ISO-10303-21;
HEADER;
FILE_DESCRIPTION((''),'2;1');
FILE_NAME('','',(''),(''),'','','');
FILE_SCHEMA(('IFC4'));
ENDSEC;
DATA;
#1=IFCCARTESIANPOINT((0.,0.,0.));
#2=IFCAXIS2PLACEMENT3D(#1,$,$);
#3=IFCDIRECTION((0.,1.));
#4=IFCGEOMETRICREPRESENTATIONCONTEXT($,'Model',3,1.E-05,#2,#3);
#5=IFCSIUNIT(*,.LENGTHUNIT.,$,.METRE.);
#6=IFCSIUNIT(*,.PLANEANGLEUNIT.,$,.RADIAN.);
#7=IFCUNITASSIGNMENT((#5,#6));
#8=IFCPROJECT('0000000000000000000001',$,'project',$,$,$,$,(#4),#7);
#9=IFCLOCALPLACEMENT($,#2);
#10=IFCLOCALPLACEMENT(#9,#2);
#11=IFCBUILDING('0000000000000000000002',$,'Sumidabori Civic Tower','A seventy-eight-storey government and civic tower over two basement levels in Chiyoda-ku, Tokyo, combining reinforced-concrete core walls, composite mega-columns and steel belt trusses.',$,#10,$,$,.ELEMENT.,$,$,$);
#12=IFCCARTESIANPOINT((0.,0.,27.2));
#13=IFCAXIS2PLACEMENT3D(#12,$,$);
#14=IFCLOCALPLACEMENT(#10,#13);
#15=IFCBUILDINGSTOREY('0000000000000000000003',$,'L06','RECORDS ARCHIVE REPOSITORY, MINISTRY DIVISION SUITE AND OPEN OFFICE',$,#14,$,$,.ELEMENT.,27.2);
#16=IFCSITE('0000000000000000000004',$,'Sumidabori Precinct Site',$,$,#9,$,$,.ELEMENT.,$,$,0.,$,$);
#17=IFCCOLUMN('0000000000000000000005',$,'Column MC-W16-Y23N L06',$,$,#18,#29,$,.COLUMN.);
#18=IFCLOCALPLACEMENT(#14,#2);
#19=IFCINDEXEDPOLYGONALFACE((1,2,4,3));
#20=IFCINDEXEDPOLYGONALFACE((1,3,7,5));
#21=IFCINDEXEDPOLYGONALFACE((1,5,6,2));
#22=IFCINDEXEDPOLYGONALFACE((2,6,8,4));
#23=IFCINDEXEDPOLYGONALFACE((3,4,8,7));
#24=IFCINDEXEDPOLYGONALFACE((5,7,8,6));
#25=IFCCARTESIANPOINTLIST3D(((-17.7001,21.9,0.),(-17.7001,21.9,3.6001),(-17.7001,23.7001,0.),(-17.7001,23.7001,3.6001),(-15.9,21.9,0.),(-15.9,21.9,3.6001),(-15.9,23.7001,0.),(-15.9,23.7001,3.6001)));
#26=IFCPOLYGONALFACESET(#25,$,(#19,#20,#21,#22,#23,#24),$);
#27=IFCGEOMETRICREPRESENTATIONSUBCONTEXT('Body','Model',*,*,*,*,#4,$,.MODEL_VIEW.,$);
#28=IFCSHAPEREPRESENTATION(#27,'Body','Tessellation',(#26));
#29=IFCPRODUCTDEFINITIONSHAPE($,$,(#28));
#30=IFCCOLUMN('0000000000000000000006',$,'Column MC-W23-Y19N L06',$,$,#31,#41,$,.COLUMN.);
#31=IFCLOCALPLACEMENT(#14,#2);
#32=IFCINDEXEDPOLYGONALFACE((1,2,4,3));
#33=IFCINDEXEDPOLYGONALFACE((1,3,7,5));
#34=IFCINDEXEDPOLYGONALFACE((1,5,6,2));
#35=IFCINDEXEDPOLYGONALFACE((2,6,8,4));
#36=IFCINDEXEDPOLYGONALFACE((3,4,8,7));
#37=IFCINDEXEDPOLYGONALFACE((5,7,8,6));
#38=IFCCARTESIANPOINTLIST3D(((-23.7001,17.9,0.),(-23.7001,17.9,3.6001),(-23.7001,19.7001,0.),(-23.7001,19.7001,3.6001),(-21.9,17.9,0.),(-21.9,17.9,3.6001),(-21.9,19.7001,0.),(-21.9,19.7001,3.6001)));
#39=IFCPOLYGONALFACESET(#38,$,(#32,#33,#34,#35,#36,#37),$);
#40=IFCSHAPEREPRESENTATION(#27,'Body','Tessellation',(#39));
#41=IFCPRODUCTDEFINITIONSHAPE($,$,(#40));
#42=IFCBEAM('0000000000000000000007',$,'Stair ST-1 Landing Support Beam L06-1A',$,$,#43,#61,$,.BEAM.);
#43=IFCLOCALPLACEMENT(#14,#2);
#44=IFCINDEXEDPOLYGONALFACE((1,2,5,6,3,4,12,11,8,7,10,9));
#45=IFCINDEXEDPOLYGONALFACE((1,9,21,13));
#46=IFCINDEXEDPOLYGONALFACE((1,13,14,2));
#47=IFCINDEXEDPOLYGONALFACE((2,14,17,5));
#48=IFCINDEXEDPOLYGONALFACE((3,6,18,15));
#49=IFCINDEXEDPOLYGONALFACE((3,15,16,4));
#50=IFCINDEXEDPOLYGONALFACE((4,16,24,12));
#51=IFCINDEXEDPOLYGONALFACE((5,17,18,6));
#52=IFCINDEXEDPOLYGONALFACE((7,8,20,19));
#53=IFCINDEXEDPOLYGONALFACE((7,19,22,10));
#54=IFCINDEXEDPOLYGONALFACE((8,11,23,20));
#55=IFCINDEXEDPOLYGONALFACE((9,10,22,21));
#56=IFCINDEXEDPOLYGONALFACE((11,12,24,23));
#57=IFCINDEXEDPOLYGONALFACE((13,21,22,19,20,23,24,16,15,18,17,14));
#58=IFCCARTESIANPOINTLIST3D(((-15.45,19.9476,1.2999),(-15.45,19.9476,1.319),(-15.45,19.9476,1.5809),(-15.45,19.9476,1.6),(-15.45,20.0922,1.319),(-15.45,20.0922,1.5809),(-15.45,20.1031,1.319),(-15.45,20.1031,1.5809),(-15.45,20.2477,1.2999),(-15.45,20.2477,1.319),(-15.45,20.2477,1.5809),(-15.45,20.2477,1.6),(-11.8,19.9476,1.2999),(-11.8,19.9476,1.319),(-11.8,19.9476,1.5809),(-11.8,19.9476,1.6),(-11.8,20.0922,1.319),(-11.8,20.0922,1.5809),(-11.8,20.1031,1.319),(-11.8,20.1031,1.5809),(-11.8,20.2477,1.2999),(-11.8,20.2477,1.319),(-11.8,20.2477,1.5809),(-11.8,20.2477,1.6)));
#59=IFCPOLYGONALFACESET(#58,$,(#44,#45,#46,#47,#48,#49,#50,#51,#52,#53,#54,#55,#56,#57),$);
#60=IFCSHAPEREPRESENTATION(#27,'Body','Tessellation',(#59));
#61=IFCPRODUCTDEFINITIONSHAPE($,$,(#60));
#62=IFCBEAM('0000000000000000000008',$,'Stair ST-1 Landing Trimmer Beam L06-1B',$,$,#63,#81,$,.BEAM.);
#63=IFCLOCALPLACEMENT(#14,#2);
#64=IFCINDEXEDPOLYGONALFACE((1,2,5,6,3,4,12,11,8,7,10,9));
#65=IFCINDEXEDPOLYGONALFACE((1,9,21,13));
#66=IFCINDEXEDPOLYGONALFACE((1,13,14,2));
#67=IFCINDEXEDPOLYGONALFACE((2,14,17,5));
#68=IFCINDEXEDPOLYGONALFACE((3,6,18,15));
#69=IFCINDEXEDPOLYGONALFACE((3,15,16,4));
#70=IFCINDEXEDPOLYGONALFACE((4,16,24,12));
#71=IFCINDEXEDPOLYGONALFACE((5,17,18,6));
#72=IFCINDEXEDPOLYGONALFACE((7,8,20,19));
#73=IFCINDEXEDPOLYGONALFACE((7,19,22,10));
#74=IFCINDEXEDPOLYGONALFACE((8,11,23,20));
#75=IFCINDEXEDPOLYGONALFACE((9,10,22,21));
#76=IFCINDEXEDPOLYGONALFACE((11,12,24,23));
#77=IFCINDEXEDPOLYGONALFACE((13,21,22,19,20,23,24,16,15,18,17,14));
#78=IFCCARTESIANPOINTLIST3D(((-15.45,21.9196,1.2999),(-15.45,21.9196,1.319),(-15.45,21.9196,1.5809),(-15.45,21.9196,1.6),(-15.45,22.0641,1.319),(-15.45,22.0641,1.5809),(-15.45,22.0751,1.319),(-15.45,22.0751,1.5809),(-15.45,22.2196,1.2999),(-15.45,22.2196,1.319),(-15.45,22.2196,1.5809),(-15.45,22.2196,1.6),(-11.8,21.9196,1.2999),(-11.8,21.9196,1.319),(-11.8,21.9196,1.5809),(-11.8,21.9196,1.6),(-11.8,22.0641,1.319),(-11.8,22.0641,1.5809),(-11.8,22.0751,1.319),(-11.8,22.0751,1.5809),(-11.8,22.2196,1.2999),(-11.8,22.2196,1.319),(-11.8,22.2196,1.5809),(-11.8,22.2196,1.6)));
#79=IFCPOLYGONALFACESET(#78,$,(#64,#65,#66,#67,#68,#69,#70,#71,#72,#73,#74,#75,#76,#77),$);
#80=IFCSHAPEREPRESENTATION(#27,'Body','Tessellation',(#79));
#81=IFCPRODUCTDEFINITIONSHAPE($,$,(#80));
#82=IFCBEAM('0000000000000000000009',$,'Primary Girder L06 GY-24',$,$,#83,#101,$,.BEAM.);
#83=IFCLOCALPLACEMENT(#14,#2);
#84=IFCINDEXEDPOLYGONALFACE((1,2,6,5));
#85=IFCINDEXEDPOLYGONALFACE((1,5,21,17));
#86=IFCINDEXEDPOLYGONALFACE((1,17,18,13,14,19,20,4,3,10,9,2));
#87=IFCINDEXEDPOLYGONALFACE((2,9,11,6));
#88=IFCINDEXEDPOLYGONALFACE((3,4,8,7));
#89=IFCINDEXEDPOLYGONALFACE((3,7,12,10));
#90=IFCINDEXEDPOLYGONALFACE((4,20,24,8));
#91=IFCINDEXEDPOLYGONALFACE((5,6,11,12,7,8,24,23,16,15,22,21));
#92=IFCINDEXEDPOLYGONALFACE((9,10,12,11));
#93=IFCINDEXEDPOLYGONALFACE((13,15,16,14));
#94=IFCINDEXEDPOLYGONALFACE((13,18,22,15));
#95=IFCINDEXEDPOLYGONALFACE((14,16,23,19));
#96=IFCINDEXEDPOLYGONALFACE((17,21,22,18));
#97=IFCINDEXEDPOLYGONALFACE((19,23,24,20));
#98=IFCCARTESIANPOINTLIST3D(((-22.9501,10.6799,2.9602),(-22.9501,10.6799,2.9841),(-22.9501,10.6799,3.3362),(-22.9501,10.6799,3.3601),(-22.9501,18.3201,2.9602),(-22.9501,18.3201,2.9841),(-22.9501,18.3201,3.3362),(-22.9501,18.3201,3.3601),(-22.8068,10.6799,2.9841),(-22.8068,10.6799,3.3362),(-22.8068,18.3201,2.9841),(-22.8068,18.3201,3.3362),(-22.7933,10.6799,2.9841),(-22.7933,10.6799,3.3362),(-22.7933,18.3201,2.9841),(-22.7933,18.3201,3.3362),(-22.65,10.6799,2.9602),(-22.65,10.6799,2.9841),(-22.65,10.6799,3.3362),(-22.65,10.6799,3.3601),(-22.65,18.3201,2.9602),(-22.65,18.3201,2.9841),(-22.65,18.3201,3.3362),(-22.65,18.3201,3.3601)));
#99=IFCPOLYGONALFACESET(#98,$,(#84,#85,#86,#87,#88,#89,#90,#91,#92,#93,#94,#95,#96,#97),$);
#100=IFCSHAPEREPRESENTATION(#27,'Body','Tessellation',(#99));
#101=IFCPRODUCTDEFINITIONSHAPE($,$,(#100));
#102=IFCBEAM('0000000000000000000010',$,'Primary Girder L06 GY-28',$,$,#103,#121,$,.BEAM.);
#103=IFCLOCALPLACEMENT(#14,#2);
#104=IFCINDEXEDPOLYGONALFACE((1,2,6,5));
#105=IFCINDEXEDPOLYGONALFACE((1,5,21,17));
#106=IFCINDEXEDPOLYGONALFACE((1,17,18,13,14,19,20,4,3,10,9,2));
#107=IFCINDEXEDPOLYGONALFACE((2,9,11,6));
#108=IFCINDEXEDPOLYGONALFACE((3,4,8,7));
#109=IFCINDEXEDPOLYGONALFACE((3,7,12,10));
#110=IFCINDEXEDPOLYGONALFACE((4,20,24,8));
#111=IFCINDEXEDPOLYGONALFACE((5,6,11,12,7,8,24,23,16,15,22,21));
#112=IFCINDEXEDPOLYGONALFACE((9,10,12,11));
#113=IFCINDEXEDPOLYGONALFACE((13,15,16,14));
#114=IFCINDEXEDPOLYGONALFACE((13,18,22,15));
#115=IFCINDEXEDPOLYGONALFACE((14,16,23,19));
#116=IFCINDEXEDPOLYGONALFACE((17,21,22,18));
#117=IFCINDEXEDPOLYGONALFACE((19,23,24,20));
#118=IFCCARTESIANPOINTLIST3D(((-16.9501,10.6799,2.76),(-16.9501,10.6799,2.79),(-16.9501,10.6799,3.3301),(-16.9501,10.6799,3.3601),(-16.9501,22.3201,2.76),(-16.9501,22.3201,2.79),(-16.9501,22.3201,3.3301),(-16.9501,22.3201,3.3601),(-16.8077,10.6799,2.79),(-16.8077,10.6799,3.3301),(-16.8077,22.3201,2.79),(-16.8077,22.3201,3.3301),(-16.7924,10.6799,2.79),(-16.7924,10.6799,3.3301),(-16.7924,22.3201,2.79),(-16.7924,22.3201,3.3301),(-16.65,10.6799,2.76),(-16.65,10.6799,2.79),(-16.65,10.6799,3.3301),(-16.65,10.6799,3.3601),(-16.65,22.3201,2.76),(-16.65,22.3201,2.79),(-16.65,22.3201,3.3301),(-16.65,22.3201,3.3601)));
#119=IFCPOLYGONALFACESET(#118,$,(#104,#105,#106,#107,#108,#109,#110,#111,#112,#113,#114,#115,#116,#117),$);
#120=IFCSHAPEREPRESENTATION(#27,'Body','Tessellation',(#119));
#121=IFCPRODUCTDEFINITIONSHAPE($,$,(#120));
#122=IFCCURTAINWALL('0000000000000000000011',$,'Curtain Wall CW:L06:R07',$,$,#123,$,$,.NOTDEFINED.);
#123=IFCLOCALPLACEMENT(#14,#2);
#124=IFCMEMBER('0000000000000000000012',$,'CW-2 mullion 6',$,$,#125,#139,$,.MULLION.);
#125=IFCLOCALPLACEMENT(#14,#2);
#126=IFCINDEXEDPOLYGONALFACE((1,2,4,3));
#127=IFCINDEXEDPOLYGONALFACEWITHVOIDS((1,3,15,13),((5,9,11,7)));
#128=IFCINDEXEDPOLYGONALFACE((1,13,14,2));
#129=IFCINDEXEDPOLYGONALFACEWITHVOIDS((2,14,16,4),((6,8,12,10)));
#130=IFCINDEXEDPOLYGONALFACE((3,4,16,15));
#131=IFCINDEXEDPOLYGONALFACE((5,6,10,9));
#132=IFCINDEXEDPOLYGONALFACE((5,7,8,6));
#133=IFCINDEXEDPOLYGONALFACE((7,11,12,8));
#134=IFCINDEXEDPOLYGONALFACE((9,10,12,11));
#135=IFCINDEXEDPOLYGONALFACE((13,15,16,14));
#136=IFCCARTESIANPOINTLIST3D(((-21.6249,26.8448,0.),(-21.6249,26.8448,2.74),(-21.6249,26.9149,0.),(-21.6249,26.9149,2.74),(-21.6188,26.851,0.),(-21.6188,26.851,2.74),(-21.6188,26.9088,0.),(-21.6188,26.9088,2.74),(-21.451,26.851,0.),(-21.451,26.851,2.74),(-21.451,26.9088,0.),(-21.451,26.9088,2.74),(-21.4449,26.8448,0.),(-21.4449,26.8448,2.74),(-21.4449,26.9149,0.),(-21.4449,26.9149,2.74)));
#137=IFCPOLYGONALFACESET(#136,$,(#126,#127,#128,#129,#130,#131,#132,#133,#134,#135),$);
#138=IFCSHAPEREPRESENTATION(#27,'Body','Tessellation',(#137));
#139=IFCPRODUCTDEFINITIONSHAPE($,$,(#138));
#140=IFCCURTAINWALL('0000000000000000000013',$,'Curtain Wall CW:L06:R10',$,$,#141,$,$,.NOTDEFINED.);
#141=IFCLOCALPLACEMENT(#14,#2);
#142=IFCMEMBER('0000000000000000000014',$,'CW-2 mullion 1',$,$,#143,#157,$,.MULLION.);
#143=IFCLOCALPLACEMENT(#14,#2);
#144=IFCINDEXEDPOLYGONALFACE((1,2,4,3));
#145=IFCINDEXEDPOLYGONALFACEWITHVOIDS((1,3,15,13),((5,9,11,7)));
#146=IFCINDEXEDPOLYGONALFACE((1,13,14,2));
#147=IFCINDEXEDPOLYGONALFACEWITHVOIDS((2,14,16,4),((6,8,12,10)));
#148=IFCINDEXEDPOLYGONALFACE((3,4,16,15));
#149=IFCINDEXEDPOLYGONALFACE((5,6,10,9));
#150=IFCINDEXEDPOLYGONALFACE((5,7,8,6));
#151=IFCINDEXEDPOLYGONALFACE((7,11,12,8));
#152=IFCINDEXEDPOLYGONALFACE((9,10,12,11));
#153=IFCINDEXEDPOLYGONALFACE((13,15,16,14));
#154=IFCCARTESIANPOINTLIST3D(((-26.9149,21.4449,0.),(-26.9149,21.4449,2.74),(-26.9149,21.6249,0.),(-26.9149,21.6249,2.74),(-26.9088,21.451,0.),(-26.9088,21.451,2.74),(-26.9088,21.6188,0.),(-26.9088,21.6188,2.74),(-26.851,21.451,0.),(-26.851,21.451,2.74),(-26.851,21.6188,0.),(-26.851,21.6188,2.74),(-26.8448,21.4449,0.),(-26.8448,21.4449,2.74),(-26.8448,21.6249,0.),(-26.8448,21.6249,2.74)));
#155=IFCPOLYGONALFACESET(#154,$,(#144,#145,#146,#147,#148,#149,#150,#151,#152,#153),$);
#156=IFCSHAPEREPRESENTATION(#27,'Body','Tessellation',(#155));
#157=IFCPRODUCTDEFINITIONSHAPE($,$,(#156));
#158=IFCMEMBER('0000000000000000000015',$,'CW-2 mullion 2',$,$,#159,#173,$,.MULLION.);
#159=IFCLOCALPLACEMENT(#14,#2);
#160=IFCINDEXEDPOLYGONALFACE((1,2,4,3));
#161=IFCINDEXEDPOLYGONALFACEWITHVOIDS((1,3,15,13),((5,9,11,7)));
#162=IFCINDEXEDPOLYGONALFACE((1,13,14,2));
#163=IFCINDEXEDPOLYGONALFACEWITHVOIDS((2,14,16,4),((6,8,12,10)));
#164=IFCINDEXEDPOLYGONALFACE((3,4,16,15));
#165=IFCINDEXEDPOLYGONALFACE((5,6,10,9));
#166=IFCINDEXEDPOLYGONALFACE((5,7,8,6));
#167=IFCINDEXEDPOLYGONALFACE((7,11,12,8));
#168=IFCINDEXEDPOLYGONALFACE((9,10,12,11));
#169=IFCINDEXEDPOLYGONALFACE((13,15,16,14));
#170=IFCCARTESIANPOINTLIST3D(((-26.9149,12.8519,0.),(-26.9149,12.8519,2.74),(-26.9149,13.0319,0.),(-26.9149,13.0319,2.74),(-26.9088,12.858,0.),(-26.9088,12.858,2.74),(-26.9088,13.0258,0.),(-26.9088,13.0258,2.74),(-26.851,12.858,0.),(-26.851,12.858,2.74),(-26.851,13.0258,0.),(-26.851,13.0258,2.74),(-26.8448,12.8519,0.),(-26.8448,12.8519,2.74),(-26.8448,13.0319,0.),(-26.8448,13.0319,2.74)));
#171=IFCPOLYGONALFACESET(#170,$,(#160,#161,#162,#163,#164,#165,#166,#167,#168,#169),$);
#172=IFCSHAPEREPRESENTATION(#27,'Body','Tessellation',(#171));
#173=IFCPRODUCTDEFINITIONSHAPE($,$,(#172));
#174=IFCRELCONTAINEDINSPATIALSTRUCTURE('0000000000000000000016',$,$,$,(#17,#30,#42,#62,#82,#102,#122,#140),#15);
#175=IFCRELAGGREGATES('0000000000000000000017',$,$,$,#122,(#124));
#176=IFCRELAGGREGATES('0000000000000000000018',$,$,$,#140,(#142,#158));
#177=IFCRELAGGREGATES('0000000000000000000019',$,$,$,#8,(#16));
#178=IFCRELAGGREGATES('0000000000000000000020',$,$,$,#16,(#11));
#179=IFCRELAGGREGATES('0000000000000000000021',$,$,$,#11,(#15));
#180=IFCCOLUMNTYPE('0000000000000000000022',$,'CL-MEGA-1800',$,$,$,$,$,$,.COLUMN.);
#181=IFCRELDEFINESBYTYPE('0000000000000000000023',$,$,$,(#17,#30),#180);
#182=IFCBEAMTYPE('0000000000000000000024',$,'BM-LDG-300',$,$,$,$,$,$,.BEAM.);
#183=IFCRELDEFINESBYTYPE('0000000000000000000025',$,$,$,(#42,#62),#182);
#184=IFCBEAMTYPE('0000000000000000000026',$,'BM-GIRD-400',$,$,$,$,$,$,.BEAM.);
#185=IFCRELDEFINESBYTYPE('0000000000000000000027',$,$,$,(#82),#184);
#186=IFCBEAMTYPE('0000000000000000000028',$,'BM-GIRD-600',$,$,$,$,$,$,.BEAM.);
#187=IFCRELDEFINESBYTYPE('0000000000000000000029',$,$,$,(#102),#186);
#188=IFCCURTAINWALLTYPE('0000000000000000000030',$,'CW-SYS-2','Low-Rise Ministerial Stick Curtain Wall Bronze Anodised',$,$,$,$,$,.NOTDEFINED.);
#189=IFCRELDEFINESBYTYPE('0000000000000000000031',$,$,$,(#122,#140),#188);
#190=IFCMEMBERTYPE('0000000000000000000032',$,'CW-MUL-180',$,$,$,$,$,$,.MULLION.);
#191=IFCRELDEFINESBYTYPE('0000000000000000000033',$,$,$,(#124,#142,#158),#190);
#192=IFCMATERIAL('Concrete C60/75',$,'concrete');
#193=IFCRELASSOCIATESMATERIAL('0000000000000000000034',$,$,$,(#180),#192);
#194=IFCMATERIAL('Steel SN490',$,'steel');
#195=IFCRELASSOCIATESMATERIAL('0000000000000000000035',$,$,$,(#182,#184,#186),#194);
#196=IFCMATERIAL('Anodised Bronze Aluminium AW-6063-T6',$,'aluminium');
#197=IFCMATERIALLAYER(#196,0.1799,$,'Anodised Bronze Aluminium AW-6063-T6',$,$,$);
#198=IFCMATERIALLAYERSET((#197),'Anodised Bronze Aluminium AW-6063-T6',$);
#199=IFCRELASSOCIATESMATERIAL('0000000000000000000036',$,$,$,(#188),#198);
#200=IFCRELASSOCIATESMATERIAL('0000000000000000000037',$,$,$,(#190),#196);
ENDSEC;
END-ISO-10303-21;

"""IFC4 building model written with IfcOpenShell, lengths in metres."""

from ifc_helpers import new_model, si_unit, direction, frame, origin, origin_2d, place, context, subcontext, project, spatial, rectangle, hollow_rectangle, i_section, extrude, source, transform, mapped, material, layer, layer_set, material_profile, profile_set, type_object, element, aggregate, save


model = new_model("IFC4")

# Units and contexts
model_context = context("Model", 3, precision=1e-05, world=origin(), true_north=direction((0.0, 1.0)))
body_context = subcontext(model_context, "Body", "Model", "MODEL_VIEW")
ifc_project = project(units=[si_unit("LENGTHUNIT", "METRE"), si_unit("PLANEANGLEUNIT", "RADIAN")], contexts=[model_context])

# Site, building, storey
site_placement = place(None, origin())
site = spatial("IfcSite", under=ifc_project, at=site_placement, Name="Sumidabori Precinct Site", CompositionType="ELEMENT", RefElevation=0.0)
building_placement = place(site_placement, origin())
building = spatial("IfcBuilding", under=site, at=building_placement, Name="Sumidabori Civic Tower", Description="A seventy-eight-storey government and civic tower over two basement levels in Chiyoda-ku, Tokyo, combining reinforced-concrete core walls, composite mega-columns and steel belt trusses.", CompositionType="ELEMENT")
storey_placement = place(building_placement, frame((0.0, 0.0, 27.2)))
storey = spatial("IfcBuildingStorey", under=building, at=storey_placement, Name="L06", Description="RECORDS ARCHIVE REPOSITORY, MINISTRY DIVISION SUITE AND OPEN OFFICE", CompositionType="ELEMENT", Elevation=27.2)

# Columns
ifc_material_1 = material(Name="Concrete C60/75", Category="concrete")
ifc_material_profile_1 = material_profile(ifc_material_1, rectangle(XDim=1.8, YDim=1.8, at=origin_2d()), Name="RC 1800x1800")
ifc_profile_set_1 = profile_set([ifc_material_profile_1], Name="Concrete C60/75")
column_type = type_object("IfcColumnType", Name="CL-MEGA-1800", PredefinedType="COLUMN", material=ifc_profile_set_1)
shared_shape_1 = source(origin(), body_context, "Body", "SweptSolid", [
    extrude(rectangle(XDim=1.8, YDim=1.8, at=origin_2d()), origin(), (0.0, 0.0, 1.0), 3.6001),
])
for number, where, z_axis, x_axis, name in (
    (1, (-16.8, 22.8, 0.0), (0.0, 0.0, 1.0), (1.0, 0.0, 0.0), "Column MC-W16-Y23N L06"),
    (2, (-22.8, 18.8, 0.0), (0.0, 0.0, 1.0), (1.0, 0.0, 0.0), "Column MC-W23-Y19N L06"),
):
    element("IfcColumn", number, at=place(storey_placement, frame(where, z_axis=z_axis, x_axis=x_axis)), inside=storey, type_object=column_type, Name=name, PredefinedType="COLUMN", context=body_context, shape_type="MappedRepresentation", body=[
        mapped(shared_shape_1, transform((0.0, 0.0, 0.0), x_axis=(1.0, 0.0, 0.0), y_axis=(0.0, 1.0, 0.0), z_axis=(0.0, 0.0, 1.0), scale=1.0)),
    ])

# Beams
ifc_material_2 = material(Name="Steel SN490", Category="steel")
ifc_material_profile_2 = material_profile(ifc_material_2, i_section(OverallWidth=0.3, OverallDepth=0.3, WebThickness=0.011, FlangeThickness=0.019, at=origin_2d()), Name="HE 300 B")
ifc_profile_set_2 = profile_set([ifc_material_profile_2], Name="Steel SN490")
beam_type_1 = type_object("IfcBeamType", Name="BM-LDG-300", PredefinedType="BEAM", material=ifc_profile_set_2)
shared_shape_2 = source(origin(), body_context, "Body", "SweptSolid", [
    extrude(i_section(OverallWidth=0.3, OverallDepth=0.3, WebThickness=0.011, FlangeThickness=0.019, at=origin_2d()), origin(), (0.0, 0.0, 1.0), 3.6499),
])
for number, where, z_axis, x_axis, name in (
    (3, (-15.45, 20.0977, 1.45), (1.0, 0.0, 0.0), (0.0, 1.0, 0.0), "Stair ST-1 Landing Support Beam L06-1A"),
    (4, (-15.45, 22.0696, 1.45), (1.0, 0.0, 0.0), (0.0, 1.0, 0.0), "Stair ST-1 Landing Trimmer Beam L06-1B"),
):
    element("IfcBeam", number, at=place(storey_placement, frame(where, z_axis=z_axis, x_axis=x_axis)), inside=storey, type_object=beam_type_1, Name=name, PredefinedType="BEAM", context=body_context, shape_type="MappedRepresentation", body=[
        mapped(shared_shape_2, transform((0.0, 0.0, 0.0), x_axis=(1.0, 0.0, 0.0), y_axis=(0.0, 1.0, 0.0), z_axis=(0.0, 0.0, 1.0), scale=1.0)),
    ])
ifc_material_profile_3 = material_profile(ifc_material_2, i_section(OverallWidth=0.3, OverallDepth=0.3999, WebThickness=0.0134, FlangeThickness=0.0239, at=origin_2d()), Name="HE 400 B")
ifc_profile_set_3 = profile_set([ifc_material_profile_3], Name="Steel SN490")
beam_type_2 = type_object("IfcBeamType", Name="BM-GIRD-400", PredefinedType="BEAM", material=ifc_profile_set_3)
shared_shape_3 = source(origin(), body_context, "Body", "SweptSolid", [
    extrude(i_section(OverallWidth=0.3, OverallDepth=0.3999, WebThickness=0.0134, FlangeThickness=0.0239, at=origin_2d()), origin(), (0.0, 0.0, 1.0), 7.6401),
])
beam_1_placement = place(storey_placement, frame((-22.8, 10.6799, 3.1602), z_axis=(0.0, 1.0, 0.0), x_axis=(-1.0, 0.0, 0.0)))
element("IfcBeam", 5, at=beam_1_placement, inside=storey, type_object=beam_type_2, Name="Primary Girder L06 GY-24", PredefinedType="BEAM", context=body_context, shape_type="MappedRepresentation", body=[
    mapped(shared_shape_3, transform((0.0, 0.0, 0.0), x_axis=(1.0, 0.0, 0.0), y_axis=(0.0, 1.0, 0.0), z_axis=(0.0, 0.0, 1.0), scale=1.0)),
])
ifc_material_profile_4 = material_profile(ifc_material_2, i_section(OverallWidth=0.3, OverallDepth=0.6001, WebThickness=0.0154, FlangeThickness=0.03, at=origin_2d()), Name="HE 600 B")
ifc_profile_set_4 = profile_set([ifc_material_profile_4], Name="Steel SN490")
beam_type_3 = type_object("IfcBeamType", Name="BM-GIRD-600", PredefinedType="BEAM", material=ifc_profile_set_4)
shared_shape_4 = source(origin(), body_context, "Body", "SweptSolid", [
    extrude(i_section(OverallWidth=0.3, OverallDepth=0.6001, WebThickness=0.0154, FlangeThickness=0.03, at=origin_2d()), origin(), (0.0, 0.0, 1.0), 11.6401),
])
beam_2_placement = place(storey_placement, frame((-16.8, 10.6799, 3.0601), z_axis=(0.0, 1.0, 0.0), x_axis=(-1.0, 0.0, 0.0)))
element("IfcBeam", 6, at=beam_2_placement, inside=storey, type_object=beam_type_3, Name="Primary Girder L06 GY-28", PredefinedType="BEAM", context=body_context, shape_type="MappedRepresentation", body=[
    mapped(shared_shape_4, transform((0.0, 0.0, 0.0), x_axis=(1.0, 0.0, 0.0), y_axis=(0.0, 1.0, 0.0), z_axis=(0.0, 0.0, 1.0), scale=1.0)),
])

# Curtain wall, member
ifc_material_3 = material(Name="Anodised Bronze Aluminium AW-6063-T6", Category="aluminium")
ifc_layer_1 = layer(ifc_material_3, 0.1799, Name="Anodised Bronze Aluminium AW-6063-T6")
ifc_layer_set_1 = layer_set([ifc_layer_1], Name="Anodised Bronze Aluminium AW-6063-T6")
curtain_wall_type = type_object("IfcCurtainWallType", Name="CW-SYS-2", Description="Low-Rise Ministerial Stick Curtain Wall Bronze Anodised", PredefinedType="NOTDEFINED", material=ifc_layer_set_1)
curtain_wall_1_placement = place(storey_placement, origin())
curtain_wall_1 = element("IfcCurtainWall", 7, at=curtain_wall_1_placement, inside=storey, type_object=curtain_wall_type, Name="Curtain Wall CW:L06:R07", PredefinedType="NOTDEFINED")
ifc_material_profile_5 = material_profile(ifc_material_3, hollow_rectangle(XDim=0.0701, YDim=0.1799, WallThickness=0.0061, at=origin_2d()), Name="ALU MULLION 180x70")
ifc_profile_set_5 = profile_set([ifc_material_profile_5], Name="Anodised Bronze Aluminium AW-6063-T6")
member_type_1 = type_object("IfcMemberType", Name="CW-MUL-180", PredefinedType="MULLION", material=ifc_profile_set_5)
shared_shape_5 = source(origin(), body_context, "Body", "SweptSolid", [
    extrude(hollow_rectangle(XDim=0.0701, YDim=0.1799, WallThickness=0.0061, at=origin_2d()), origin(), (0.0, 0.0, 1.0), 2.74),
])
member_1_placement = place(storey_placement, frame((-21.5349, 26.8799, 0.0), z_axis=(0.0, 0.0, 1.0), x_axis=(0.0, -1.0, 0.0)))
member_1 = element("IfcMember", 8, at=member_1_placement, type_object=member_type_1, Name="CW-2 mullion 6", PredefinedType="MULLION", context=body_context, shape_type="MappedRepresentation", body=[
    mapped(shared_shape_5, transform((0.0, 0.0, 0.0), x_axis=(1.0, 0.0, 0.0), y_axis=(0.0, 1.0, 0.0), z_axis=(0.0, 0.0, 1.0), scale=1.0)),
])

# Curtain wall, members
curtain_wall_2_placement = place(storey_placement, origin())
curtain_wall_2 = element("IfcCurtainWall", 9, at=curtain_wall_2_placement, inside=storey, type_object=curtain_wall_type, Name="Curtain Wall CW:L06:R10", PredefinedType="NOTDEFINED")
member_2_placement = place(storey_placement, frame((-26.8799, 21.5349, 0.0), z_axis=(0.0, 0.0, 1.0), x_axis=(1.0, 0.0, 0.0)))
member_2 = element("IfcMember", 10, at=member_2_placement, type_object=member_type_1, Name="CW-2 mullion 1", PredefinedType="MULLION", context=body_context, shape_type="MappedRepresentation", body=[
    mapped(shared_shape_5, transform((0.0, 0.0, 0.0), x_axis=(1.0, 0.0, 0.0), y_axis=(0.0, 1.0, 0.0), z_axis=(0.0, 0.0, 1.0), scale=1.0)),
])
member_3_placement = place(storey_placement, frame((-26.8799, 12.9419, 0.0), z_axis=(0.0, 0.0, 1.0), x_axis=(1.0, 0.0, 0.0)))
member_3 = element("IfcMember", 11, at=member_3_placement, type_object=member_type_1, Name="CW-2 mullion 2", PredefinedType="MULLION", context=body_context, shape_type="MappedRepresentation", body=[
    mapped(shared_shape_5, transform((0.0, 0.0, 0.0), x_axis=(1.0, 0.0, 0.0), y_axis=(0.0, 1.0, 0.0), z_axis=(0.0, 0.0, 1.0), scale=1.0)),
])

aggregate(curtain_wall_1, [member_1])
aggregate(curtain_wall_2, [member_2, member_3])

save(model, "model.ifc")
